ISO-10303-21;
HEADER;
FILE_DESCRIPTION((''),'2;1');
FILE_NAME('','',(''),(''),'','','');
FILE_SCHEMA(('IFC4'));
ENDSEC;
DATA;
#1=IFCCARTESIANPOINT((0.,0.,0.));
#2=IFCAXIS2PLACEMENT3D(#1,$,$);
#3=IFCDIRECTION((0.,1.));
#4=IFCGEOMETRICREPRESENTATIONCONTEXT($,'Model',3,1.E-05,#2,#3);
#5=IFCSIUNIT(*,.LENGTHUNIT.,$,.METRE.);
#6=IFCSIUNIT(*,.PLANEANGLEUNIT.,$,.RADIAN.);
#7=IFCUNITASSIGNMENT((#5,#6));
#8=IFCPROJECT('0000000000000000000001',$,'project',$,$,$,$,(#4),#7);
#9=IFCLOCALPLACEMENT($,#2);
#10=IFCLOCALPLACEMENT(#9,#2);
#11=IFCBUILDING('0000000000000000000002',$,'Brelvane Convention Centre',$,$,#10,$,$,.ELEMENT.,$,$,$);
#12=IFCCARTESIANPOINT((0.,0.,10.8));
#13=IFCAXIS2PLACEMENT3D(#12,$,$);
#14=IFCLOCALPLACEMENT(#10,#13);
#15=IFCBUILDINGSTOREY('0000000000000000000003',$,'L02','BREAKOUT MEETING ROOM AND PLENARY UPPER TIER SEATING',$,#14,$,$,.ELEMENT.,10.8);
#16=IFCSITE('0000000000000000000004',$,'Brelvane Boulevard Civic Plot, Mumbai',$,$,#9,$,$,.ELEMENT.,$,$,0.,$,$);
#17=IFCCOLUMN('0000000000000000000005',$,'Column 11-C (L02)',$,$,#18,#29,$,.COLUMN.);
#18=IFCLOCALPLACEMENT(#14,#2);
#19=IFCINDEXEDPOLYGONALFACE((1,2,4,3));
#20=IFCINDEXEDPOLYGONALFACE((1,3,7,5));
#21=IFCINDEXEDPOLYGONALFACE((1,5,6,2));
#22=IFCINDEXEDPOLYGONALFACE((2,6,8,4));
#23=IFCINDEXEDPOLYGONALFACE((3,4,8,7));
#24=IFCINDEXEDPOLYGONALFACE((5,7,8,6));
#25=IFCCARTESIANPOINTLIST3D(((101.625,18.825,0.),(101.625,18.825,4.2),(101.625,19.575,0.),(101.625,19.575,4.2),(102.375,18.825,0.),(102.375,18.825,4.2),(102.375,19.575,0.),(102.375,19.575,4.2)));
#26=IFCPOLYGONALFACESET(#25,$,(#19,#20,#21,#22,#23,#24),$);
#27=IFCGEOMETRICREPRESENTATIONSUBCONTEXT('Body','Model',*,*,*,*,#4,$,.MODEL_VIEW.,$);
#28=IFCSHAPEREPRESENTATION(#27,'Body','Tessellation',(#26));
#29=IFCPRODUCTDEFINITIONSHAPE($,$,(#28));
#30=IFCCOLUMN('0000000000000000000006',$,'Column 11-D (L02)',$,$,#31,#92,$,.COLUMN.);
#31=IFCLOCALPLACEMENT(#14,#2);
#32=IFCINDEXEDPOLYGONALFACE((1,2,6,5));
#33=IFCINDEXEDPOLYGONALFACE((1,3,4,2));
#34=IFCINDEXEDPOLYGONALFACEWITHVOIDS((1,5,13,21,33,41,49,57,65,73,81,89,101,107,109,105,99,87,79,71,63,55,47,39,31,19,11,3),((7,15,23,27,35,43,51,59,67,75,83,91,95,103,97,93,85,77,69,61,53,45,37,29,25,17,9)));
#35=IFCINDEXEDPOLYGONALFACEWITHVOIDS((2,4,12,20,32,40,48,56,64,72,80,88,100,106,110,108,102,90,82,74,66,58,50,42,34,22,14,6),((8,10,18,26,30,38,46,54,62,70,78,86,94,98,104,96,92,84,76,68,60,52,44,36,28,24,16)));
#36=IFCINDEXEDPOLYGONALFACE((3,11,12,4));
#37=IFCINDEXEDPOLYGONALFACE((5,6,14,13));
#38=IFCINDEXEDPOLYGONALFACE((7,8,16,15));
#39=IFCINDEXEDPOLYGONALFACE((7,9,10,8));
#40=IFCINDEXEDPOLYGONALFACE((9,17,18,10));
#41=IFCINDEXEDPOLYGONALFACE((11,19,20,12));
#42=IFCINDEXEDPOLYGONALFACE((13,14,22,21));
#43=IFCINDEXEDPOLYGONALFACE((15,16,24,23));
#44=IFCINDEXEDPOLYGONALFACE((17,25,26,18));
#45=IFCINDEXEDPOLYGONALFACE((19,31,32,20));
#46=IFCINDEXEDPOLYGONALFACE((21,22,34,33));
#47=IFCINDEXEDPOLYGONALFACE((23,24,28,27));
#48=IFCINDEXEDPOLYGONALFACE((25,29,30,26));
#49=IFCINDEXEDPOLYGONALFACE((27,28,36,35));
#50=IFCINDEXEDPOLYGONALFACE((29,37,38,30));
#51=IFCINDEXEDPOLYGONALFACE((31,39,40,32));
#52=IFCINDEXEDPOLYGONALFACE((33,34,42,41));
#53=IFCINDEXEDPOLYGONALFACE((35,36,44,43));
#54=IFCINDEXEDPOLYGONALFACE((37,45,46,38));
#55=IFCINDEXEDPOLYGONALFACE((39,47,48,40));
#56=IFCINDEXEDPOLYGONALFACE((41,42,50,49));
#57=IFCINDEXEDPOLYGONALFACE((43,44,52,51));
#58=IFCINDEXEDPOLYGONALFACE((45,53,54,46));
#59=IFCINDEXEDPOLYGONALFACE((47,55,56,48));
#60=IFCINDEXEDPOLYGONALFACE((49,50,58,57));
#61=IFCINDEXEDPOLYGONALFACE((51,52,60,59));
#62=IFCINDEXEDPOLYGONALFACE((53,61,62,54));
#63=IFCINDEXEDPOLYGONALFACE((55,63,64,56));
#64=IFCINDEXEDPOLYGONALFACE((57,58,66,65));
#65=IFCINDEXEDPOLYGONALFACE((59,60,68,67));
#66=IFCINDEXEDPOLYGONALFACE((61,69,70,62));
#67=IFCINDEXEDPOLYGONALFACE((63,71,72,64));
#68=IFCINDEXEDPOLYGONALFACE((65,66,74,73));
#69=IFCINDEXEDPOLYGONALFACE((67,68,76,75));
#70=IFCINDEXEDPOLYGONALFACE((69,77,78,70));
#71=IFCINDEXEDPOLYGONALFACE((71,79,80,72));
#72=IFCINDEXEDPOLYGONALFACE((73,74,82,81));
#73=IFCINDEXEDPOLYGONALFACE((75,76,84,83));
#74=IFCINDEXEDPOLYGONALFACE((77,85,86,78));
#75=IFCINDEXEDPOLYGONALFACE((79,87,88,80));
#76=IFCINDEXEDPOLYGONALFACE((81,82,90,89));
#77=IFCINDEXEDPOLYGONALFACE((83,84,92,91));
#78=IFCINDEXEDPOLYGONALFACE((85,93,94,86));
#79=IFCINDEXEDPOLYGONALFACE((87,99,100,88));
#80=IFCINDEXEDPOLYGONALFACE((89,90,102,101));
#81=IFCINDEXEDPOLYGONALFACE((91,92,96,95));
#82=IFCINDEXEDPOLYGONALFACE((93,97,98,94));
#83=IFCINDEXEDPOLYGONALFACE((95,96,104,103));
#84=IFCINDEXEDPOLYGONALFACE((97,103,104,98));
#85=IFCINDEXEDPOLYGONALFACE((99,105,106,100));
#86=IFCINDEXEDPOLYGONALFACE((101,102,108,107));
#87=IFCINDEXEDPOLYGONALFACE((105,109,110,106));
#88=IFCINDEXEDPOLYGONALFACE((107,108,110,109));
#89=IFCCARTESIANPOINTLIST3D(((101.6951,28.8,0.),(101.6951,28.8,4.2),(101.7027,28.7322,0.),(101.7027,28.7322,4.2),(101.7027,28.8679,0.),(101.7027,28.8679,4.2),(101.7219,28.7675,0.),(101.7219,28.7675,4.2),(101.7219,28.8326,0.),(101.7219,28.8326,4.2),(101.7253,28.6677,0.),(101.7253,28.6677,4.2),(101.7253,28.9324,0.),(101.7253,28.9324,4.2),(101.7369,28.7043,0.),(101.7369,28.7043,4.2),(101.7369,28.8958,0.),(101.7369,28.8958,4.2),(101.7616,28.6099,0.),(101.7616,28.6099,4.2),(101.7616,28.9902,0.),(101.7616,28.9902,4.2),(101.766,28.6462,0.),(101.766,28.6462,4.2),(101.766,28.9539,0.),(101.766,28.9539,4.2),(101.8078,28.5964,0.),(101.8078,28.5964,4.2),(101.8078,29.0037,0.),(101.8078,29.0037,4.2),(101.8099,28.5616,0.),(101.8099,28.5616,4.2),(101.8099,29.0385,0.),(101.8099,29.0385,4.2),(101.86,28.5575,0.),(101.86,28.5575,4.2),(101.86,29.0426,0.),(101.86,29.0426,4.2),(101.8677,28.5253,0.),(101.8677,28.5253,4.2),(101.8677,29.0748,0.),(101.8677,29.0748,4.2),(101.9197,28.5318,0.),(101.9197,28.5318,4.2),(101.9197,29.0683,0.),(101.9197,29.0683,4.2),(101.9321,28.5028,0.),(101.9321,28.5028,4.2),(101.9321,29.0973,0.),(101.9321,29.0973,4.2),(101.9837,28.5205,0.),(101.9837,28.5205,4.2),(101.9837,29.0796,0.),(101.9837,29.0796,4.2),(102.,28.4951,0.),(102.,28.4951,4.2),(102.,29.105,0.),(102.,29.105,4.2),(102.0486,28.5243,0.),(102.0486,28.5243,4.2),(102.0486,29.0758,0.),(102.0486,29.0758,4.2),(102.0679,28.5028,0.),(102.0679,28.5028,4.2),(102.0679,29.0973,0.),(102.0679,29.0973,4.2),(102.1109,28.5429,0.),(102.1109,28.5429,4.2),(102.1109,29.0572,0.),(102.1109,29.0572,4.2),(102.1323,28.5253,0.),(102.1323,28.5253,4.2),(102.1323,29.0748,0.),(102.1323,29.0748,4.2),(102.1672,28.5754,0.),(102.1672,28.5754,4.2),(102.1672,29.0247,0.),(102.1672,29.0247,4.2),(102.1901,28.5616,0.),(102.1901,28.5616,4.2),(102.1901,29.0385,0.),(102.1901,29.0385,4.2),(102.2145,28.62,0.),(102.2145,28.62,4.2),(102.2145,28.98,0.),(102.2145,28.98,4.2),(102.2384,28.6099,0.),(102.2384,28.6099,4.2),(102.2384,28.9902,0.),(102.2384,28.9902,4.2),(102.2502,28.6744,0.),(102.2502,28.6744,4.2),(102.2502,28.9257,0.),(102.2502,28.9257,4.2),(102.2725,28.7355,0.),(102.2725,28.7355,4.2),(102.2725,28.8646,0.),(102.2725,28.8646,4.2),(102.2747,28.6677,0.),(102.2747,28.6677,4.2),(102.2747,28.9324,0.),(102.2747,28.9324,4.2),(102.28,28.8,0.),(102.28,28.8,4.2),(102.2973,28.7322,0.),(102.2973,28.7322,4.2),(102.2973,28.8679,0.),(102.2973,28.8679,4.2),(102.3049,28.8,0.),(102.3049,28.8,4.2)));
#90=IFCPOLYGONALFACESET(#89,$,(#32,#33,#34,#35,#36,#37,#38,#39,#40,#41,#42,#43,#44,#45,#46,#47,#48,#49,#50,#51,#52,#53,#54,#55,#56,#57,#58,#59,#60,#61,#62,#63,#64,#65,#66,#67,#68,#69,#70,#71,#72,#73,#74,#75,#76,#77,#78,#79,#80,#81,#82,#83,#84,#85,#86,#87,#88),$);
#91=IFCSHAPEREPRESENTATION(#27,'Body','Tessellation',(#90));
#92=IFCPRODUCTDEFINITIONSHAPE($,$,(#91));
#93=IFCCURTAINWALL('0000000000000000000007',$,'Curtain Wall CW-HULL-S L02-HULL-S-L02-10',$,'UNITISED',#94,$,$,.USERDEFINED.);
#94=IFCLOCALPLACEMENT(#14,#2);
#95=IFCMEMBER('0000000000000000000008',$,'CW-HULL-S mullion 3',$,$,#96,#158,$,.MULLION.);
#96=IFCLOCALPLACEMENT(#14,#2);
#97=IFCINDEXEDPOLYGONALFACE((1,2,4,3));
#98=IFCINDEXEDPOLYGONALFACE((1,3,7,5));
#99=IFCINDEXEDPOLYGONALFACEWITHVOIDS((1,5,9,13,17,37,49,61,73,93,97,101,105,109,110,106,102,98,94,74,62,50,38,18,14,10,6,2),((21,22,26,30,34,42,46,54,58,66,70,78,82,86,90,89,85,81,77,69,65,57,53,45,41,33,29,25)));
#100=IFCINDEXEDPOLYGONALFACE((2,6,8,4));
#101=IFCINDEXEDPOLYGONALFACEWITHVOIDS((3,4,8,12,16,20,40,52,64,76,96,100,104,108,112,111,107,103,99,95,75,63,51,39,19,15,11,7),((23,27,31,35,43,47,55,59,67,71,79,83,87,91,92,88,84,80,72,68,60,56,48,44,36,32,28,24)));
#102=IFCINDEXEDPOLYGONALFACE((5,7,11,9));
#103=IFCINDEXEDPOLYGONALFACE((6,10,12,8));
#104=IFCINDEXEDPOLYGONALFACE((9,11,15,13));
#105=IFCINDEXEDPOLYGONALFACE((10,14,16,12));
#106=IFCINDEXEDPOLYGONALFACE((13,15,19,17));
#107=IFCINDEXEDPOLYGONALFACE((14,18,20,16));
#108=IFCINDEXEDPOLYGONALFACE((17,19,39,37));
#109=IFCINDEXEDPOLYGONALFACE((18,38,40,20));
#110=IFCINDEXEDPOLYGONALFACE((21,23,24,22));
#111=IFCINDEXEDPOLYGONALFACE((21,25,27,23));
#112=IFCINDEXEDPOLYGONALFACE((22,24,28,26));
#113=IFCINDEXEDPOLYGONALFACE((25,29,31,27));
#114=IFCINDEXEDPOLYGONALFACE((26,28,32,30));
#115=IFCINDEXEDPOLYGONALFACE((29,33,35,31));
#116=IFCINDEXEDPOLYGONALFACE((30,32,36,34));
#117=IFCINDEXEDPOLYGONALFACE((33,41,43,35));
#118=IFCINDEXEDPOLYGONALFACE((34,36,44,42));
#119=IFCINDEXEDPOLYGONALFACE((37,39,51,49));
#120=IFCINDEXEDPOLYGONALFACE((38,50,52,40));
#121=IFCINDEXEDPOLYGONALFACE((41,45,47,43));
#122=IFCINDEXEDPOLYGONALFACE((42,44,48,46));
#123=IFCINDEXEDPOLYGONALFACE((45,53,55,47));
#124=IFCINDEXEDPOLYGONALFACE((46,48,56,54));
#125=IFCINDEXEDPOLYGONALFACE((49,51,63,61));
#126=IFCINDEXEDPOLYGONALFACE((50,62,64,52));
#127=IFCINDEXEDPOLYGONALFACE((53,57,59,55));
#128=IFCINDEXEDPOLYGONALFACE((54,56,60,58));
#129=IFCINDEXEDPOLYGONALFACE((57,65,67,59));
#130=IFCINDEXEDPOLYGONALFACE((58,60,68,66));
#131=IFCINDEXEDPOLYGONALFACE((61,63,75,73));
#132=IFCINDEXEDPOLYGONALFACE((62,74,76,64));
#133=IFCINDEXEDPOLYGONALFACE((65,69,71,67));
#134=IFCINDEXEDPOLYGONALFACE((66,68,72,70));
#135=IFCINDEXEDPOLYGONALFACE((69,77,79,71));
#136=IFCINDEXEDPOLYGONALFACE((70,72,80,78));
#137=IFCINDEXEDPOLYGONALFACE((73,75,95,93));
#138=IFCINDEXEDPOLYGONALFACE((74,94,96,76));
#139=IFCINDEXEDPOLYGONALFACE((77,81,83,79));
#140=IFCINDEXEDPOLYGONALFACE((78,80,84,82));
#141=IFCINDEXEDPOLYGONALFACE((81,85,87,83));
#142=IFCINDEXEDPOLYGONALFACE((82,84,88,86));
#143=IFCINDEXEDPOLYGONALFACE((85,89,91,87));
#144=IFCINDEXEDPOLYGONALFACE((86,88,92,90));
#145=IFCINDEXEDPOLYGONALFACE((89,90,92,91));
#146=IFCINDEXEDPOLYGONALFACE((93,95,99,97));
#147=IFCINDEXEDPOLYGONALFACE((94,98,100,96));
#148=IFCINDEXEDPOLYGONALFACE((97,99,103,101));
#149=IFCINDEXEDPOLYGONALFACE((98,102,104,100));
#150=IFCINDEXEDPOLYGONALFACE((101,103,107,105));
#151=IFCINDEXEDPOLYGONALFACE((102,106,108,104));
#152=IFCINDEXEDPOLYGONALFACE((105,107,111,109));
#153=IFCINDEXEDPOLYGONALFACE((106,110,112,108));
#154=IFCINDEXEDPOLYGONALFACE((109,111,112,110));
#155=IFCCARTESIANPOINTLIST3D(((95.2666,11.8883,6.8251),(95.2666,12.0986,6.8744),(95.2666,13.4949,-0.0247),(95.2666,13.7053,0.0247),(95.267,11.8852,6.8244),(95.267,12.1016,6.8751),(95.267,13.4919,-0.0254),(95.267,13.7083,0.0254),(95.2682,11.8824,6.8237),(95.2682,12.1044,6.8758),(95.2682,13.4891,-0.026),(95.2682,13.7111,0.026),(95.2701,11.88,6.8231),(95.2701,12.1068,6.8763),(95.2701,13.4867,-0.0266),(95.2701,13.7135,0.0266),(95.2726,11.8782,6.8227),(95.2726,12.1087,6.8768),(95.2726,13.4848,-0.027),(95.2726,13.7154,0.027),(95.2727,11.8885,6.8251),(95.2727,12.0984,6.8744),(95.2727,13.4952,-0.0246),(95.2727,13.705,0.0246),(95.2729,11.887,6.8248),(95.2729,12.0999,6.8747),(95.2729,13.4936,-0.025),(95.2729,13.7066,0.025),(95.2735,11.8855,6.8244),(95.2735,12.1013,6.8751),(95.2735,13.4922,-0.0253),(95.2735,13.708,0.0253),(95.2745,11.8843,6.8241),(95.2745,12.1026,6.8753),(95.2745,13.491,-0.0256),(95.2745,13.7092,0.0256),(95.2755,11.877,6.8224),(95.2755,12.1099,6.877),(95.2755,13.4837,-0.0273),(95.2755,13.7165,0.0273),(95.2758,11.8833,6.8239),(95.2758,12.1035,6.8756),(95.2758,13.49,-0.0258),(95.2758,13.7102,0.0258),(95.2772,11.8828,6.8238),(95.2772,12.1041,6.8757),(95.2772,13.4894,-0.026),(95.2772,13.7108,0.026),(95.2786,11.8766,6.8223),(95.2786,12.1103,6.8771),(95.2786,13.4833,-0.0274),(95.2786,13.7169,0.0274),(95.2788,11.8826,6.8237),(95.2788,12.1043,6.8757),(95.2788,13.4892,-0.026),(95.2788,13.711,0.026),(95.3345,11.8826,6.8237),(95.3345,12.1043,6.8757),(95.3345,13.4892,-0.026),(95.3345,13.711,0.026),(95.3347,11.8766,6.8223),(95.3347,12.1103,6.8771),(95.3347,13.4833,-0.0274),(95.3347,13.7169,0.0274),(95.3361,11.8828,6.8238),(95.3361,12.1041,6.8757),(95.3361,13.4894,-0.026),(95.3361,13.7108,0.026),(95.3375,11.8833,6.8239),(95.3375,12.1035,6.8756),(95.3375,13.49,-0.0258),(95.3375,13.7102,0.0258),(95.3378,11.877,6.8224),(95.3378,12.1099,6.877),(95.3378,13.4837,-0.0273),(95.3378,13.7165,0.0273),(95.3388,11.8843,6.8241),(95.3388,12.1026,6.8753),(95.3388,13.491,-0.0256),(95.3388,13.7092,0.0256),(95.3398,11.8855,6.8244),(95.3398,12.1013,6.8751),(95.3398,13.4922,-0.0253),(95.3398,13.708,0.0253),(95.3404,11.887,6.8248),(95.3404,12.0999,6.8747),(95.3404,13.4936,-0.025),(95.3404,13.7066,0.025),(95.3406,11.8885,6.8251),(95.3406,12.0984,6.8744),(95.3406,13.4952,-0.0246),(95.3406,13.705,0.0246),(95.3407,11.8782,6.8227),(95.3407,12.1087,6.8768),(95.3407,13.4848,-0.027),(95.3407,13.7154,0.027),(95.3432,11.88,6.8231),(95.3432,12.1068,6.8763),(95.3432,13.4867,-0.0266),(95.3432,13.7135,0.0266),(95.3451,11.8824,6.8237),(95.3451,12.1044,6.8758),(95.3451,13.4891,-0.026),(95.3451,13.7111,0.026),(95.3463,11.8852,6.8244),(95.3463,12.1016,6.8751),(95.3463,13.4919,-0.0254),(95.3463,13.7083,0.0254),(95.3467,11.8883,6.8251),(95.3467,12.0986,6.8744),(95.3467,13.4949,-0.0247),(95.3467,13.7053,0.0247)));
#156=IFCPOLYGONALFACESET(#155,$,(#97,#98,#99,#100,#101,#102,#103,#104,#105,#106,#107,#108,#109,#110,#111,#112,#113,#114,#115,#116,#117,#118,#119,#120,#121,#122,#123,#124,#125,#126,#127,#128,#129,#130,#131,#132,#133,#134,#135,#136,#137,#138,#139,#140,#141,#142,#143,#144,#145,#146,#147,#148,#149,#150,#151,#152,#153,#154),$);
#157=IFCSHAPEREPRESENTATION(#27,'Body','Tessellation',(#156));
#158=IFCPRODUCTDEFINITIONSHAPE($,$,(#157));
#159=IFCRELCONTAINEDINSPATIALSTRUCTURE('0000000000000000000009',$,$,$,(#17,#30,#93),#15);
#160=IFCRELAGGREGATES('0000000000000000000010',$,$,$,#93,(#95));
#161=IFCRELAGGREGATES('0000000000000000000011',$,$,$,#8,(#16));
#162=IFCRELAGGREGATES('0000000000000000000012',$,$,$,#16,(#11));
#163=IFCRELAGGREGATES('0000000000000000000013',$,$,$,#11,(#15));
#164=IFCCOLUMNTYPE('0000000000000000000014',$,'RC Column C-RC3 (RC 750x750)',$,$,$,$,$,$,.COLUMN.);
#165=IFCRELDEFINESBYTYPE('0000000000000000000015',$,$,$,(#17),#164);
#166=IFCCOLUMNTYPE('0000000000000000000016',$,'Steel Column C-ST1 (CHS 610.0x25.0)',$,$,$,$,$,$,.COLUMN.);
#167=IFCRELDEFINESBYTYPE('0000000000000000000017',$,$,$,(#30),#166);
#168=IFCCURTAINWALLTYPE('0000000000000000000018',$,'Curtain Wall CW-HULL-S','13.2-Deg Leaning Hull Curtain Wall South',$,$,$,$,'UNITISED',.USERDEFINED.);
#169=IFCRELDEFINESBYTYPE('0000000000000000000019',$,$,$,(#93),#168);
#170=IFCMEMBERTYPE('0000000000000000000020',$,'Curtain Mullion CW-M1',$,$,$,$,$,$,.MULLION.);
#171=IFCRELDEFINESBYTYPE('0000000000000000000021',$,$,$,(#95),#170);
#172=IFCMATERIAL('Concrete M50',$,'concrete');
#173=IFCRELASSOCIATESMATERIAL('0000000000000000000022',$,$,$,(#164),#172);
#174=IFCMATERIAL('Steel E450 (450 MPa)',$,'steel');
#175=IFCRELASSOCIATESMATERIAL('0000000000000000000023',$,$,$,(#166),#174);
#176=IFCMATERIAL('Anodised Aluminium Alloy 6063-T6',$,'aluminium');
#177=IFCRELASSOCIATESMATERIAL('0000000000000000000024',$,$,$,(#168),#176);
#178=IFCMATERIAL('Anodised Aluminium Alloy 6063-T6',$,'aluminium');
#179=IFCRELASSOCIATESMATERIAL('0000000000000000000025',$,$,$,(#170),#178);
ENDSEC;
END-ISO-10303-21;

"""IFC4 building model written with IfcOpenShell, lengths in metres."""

from ifc_helpers import new_model, si_unit, direction, frame, origin, origin_2d, place, context, subcontext, project, spatial, rectangle, hollow_rectangle, hollow_circle, extrude, material, material_profile, profile_set, type_object, element, aggregate, save


model = new_model("IFC4")

# Units and contexts
model_context = context("Model", 3, precision=1e-05, world=origin(), true_north=direction((0.0, 1.0)))
body_context = subcontext(model_context, "Body", "Model", "MODEL_VIEW")
ifc_project = project(units=[si_unit("LENGTHUNIT", "METRE"), si_unit("PLANEANGLEUNIT", "RADIAN")], contexts=[model_context])

# Site, building, storey
site_placement = place(None, origin())
site = spatial("IfcSite", under=ifc_project, at=site_placement, Name="Brelvane Boulevard Civic Plot, Mumbai", CompositionType="ELEMENT", RefElevation=0.0)
building_placement = place(site_placement, origin())
building = spatial("IfcBuilding", under=site, at=building_placement, Name="Brelvane Convention Centre", CompositionType="ELEMENT")
storey_placement = place(building_placement, frame((0.0, 0.0, 10.8)))
storey = spatial("IfcBuildingStorey", under=building, at=storey_placement, Name="L02", Description="BREAKOUT MEETING ROOM AND PLENARY UPPER TIER SEATING", CompositionType="ELEMENT", Elevation=10.8)

# Columns
ifc_material_1 = material(Name="Concrete M50", Category="concrete")
ifc_material_profile_1 = material_profile(ifc_material_1, rectangle(XDim=0.75, YDim=0.75, at=origin_2d()), Name="RC 750x750")
ifc_profile_set_1 = profile_set([ifc_material_profile_1], Name="Concrete M50")
column_type_1 = type_object("IfcColumnType", Name="RC Column C-RC3 (RC 750x750)", PredefinedType="COLUMN", material=ifc_profile_set_1)
column_1_placement = place(storey_placement, frame((102.0, 19.2, 0.0), z_axis=(0.0, 0.0, 1.0), x_axis=(1.0, 0.0, 0.0)))
element("IfcColumn", 1, at=column_1_placement, inside=storey, type_object=column_type_1, Name="Column 11-C (L02)", PredefinedType="COLUMN", context=body_context, shape_type="SweptSolid", body=[
    extrude(rectangle(XDim=0.75, YDim=0.75, at=origin_2d()), origin(), (0.0, 0.0, 1.0), 4.2),
])
ifc_material_2 = material(Name="Steel E450 (450 MPa)", Category="steel")
ifc_material_profile_2 = material_profile(ifc_material_2, hollow_circle(Radius=0.3049, WallThickness=0.0249, at=origin_2d()), Name="CHS 610.0x25.0")
ifc_profile_set_2 = profile_set([ifc_material_profile_2], Name="Steel E450 (450 MPa)")
column_type_2 = type_object("IfcColumnType", Name="Steel Column C-ST1 (CHS 610.0x25.0)", PredefinedType="COLUMN", material=ifc_profile_set_2)
column_2_placement = place(storey_placement, frame((102.0, 28.8, 0.0), z_axis=(0.0, 0.0, 1.0), x_axis=(1.0, 0.0, 0.0)))
element("IfcColumn", 2, at=column_2_placement, inside=storey, type_object=column_type_2, Name="Column 11-D (L02)", PredefinedType="COLUMN", context=body_context, shape_type="SweptSolid", body=[
    extrude(hollow_circle(Radius=0.3049, WallThickness=0.0249, at=origin_2d()), origin(), (0.0, 0.0, 1.0), 4.2),
])

# Curtain wall, member
ifc_material_3 = material(Name="Anodised Aluminium Alloy 6063-T6", Category="aluminium")
curtain_wall_type = type_object("IfcCurtainWallType", Name="Curtain Wall CW-HULL-S", Description="13.2-Deg Leaning Hull Curtain Wall South", ElementType="UNITISED", PredefinedType="USERDEFINED", material=ifc_material_3)
curtain_wall_1_placement = place(storey_placement, origin())
curtain_wall_1 = element("IfcCurtainWall", 3, at=curtain_wall_1_placement, inside=storey, type_object=curtain_wall_type, Name="Curtain Wall CW-HULL-S L02-HULL-S-L02-10", ObjectType="UNITISED", PredefinedType="USERDEFINED")
ifc_material_4 = material(Name="Anodised Aluminium Alloy 6063-T6", Category="aluminium")
ifc_material_profile_3 = material_profile(ifc_material_4, hollow_rectangle(XDim=0.0801, YDim=0.24, WallThickness=0.0061, InnerFilletRadius=0.0061, OuterFilletRadius=0.012, at=origin_2d()), Name="ALU-M 240x80x6.0")
ifc_profile_set_3 = profile_set([ifc_material_profile_3], Name="Anodised Aluminium Alloy 6063-T6")
member_type_1 = type_object("IfcMemberType", Name="Curtain Mullion CW-M1", PredefinedType="MULLION", material=ifc_profile_set_3)
member_1_placement = place(storey_placement, frame((95.3066, 13.6001, 0.0), z_axis=(0.0, -0.22836, 0.973577), x_axis=(1.0, 0.0, 0.0)))
member_1 = element("IfcMember", 4, at=member_1_placement, type_object=member_type_1, Name="CW-HULL-S mullion 3", PredefinedType="MULLION", context=body_context, shape_type="SweptSolid", body=[
    extrude(hollow_rectangle(XDim=0.0801, YDim=0.24, WallThickness=0.0061, InnerFilletRadius=0.0061, OuterFilletRadius=0.012, at=origin_2d()), origin(), (0.0, 0.0, 1.0), 7.0356),
])

aggregate(curtain_wall_1, [member_1])

save(model, "model.ifc")
